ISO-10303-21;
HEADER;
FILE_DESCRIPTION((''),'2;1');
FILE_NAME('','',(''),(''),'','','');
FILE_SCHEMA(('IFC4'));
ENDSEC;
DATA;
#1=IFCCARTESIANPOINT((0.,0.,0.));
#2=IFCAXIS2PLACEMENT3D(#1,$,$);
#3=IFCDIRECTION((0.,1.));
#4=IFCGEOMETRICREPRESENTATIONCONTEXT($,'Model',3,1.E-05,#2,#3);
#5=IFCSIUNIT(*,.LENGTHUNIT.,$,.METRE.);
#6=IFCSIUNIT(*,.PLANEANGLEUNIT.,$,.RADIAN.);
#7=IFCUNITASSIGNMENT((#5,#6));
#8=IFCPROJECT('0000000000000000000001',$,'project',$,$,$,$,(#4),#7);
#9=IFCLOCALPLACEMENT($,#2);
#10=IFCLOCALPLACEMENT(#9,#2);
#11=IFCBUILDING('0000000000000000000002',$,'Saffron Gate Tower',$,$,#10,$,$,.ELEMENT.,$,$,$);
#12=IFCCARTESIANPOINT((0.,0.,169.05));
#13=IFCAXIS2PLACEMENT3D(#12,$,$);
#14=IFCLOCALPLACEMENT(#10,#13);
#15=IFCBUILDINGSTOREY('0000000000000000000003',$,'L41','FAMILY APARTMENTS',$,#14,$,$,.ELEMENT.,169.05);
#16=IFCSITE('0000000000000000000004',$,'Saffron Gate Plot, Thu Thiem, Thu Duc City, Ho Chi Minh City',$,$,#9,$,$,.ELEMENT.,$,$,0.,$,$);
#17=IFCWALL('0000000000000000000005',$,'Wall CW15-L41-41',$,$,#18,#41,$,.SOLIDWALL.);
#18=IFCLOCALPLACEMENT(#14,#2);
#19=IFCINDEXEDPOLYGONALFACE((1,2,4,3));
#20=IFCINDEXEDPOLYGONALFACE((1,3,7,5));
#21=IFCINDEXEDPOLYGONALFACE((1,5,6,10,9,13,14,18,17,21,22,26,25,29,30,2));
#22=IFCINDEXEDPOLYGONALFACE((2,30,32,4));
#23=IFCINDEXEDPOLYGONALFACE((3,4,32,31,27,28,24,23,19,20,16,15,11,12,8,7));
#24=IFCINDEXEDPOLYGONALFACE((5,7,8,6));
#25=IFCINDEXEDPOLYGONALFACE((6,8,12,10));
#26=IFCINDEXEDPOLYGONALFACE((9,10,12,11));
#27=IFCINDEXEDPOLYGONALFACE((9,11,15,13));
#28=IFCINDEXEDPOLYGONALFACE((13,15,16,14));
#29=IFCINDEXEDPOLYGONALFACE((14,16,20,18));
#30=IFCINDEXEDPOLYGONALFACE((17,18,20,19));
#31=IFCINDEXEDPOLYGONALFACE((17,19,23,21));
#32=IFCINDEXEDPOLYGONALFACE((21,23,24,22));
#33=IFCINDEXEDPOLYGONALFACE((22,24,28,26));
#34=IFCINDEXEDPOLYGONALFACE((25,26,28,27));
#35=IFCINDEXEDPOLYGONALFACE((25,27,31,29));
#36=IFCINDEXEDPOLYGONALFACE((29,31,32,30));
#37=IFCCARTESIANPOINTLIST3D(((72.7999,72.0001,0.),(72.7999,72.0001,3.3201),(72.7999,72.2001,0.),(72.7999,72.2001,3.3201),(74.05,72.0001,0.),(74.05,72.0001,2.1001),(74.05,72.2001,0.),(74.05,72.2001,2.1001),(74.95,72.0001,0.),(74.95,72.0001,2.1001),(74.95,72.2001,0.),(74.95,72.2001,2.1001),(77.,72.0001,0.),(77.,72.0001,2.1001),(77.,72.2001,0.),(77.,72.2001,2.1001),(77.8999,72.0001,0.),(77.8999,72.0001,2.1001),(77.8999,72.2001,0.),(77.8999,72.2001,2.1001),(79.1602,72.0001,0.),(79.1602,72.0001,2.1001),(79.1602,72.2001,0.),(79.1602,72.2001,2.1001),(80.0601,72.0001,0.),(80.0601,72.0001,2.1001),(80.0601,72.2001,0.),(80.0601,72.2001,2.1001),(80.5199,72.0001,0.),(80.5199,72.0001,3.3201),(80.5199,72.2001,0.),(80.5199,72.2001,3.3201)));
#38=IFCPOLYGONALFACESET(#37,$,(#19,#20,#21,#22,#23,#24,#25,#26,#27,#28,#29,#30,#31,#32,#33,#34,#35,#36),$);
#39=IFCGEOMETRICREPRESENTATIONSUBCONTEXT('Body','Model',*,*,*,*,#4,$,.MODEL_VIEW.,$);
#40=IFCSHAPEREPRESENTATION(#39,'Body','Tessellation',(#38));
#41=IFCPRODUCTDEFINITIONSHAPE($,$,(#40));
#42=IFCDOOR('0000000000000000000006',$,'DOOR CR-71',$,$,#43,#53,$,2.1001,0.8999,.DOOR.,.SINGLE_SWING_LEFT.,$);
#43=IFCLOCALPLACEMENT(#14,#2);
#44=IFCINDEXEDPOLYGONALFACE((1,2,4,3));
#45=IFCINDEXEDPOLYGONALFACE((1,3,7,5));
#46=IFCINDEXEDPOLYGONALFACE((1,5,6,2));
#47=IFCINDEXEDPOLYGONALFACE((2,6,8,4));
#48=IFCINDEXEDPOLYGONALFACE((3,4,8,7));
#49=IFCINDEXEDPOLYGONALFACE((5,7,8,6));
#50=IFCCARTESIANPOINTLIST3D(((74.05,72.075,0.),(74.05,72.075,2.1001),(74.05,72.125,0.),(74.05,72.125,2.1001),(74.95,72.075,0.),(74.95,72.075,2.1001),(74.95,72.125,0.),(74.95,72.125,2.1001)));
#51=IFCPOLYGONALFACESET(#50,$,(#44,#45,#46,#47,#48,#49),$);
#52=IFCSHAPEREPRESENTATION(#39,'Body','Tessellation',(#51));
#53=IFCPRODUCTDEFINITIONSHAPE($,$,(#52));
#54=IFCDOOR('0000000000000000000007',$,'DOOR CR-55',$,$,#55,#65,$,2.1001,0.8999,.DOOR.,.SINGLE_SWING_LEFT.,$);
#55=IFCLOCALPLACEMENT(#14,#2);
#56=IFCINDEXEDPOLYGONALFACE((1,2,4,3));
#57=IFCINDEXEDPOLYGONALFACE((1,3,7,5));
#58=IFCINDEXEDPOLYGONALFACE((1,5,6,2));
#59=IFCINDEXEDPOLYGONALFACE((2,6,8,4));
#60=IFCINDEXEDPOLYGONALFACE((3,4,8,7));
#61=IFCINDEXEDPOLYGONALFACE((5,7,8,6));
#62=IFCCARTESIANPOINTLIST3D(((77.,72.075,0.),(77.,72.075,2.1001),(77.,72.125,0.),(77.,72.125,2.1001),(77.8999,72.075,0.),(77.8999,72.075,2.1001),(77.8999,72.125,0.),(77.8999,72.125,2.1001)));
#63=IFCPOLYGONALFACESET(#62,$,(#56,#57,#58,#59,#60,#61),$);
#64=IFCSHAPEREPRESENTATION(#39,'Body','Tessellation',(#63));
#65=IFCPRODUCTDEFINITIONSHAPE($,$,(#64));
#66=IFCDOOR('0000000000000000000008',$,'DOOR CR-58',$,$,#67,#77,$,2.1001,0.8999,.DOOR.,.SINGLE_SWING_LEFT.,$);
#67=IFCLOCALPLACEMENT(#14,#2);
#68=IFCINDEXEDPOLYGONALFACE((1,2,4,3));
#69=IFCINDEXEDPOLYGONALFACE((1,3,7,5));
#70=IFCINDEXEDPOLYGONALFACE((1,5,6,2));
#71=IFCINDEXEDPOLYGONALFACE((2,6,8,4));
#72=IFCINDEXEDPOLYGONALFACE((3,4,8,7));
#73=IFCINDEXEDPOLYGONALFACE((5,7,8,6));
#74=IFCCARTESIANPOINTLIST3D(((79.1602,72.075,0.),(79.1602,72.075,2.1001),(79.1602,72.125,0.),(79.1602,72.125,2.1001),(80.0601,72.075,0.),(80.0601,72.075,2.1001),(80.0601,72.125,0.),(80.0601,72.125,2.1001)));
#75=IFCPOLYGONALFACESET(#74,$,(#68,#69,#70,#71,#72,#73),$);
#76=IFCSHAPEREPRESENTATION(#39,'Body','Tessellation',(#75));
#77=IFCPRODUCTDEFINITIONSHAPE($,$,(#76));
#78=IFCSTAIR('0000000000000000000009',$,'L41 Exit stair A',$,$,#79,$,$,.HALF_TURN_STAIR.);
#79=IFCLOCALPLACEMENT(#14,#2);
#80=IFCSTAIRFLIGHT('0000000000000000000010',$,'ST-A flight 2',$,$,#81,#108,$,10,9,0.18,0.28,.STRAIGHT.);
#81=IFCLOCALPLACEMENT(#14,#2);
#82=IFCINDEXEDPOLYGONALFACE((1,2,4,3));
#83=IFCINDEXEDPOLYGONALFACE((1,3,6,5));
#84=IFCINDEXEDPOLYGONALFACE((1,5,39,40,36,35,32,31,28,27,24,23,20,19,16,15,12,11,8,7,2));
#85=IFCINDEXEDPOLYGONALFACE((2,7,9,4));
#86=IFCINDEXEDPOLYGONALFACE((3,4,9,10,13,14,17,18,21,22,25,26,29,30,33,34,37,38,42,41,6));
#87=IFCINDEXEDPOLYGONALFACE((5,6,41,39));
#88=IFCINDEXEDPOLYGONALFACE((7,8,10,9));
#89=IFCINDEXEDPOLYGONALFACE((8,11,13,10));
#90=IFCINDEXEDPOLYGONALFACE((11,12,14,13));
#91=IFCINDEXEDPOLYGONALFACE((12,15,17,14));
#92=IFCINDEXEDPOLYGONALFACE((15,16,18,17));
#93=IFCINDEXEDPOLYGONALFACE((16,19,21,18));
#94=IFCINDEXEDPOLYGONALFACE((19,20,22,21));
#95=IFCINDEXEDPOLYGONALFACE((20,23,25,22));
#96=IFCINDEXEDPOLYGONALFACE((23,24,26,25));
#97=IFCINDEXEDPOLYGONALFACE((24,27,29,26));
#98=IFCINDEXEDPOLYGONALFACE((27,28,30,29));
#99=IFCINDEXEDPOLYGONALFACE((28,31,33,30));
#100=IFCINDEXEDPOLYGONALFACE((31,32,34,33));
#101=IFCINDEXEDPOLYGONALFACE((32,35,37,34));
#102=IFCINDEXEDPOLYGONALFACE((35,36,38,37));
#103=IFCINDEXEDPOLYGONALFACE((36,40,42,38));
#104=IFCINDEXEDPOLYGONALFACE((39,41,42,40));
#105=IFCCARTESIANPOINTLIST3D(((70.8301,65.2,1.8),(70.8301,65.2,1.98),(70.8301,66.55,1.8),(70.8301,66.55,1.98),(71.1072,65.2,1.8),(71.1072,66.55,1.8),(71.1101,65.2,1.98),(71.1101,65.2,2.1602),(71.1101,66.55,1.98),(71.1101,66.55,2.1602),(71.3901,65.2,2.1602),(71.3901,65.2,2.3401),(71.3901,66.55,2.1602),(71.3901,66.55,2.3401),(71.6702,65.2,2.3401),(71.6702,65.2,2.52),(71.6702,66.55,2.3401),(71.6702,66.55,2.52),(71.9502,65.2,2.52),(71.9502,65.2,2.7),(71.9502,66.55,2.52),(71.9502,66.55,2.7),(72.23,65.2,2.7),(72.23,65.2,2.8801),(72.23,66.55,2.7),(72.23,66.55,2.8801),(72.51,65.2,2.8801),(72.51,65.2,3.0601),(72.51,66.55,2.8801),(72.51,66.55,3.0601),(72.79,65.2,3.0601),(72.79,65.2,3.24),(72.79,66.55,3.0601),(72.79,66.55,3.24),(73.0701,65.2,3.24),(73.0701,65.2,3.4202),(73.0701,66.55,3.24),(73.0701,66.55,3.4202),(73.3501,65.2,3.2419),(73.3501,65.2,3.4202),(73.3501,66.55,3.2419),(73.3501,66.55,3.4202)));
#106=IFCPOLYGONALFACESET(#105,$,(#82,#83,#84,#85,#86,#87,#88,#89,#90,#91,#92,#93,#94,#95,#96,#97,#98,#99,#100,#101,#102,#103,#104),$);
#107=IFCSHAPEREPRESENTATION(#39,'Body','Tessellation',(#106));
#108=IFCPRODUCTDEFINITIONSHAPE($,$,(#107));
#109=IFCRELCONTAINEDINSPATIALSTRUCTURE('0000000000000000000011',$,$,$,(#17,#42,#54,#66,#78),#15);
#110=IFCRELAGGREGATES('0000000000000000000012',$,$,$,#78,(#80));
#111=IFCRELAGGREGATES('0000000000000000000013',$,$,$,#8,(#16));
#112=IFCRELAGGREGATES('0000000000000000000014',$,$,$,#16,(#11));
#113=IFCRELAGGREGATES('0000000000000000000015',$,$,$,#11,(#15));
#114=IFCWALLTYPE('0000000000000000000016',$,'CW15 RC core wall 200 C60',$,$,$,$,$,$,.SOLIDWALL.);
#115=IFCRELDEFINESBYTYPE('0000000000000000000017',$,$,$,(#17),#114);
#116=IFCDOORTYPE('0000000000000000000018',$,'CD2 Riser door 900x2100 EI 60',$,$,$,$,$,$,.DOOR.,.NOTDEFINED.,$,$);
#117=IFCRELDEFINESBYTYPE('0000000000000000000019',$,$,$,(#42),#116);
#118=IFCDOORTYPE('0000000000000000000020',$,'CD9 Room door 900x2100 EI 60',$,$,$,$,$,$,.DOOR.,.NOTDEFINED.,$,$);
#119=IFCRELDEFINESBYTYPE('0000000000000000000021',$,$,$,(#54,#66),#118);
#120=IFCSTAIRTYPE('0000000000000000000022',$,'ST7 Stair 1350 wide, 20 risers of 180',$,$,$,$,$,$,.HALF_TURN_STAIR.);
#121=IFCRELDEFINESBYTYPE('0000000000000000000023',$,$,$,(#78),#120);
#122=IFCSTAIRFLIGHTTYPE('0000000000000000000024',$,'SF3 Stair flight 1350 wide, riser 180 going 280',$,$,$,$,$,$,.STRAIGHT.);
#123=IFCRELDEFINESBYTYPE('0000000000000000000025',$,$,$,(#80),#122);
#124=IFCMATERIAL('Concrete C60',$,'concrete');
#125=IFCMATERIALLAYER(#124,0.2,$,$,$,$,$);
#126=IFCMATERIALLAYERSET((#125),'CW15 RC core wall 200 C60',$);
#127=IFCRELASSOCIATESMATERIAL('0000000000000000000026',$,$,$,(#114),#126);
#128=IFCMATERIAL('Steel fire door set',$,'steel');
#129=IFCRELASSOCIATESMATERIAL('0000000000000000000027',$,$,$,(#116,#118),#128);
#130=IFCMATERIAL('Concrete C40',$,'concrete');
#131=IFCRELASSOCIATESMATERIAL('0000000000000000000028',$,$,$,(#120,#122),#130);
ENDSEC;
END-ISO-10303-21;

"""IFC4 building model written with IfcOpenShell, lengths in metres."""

from ifc_helpers import new_model, si_unit, direction, frame, frame_2d, origin, place, context, subcontext, project, spatial, polyline, rectangle, outline, extrude, material, layer, layer_set, type_object, element, fill, aggregate, save


model = new_model("IFC4")

# Units and contexts
model_context = context("Model", 3, precision=1e-05, world=origin(), true_north=direction((0.0, 1.0)))
body_context = subcontext(model_context, "Body", "Model", "MODEL_VIEW")
ifc_project = project(units=[si_unit("LENGTHUNIT", "METRE"), si_unit("PLANEANGLEUNIT", "RADIAN")], contexts=[model_context])

# Site, building, storey
site_placement = place(None, origin())
site = spatial("IfcSite", under=ifc_project, at=site_placement, Name="Saffron Gate Plot, Thu Thiem, Thu Duc City, Ho Chi Minh City", CompositionType="ELEMENT", RefElevation=0.0)
building_placement = place(site_placement, origin())
building = spatial("IfcBuilding", under=site, at=building_placement, Name="Saffron Gate Tower", CompositionType="ELEMENT")
storey_placement = place(building_placement, frame((0.0, 0.0, 169.05)))
storey = spatial("IfcBuildingStorey", under=building, at=storey_placement, Name="L41", Description="FAMILY APARTMENTS", CompositionType="ELEMENT", Elevation=169.05)

# Shared definitions
ifc_material_1 = material(Name="Concrete C60", Category="concrete")
ifc_material_2 = material(Name="Steel fire door set", Category="steel")
ifc_layer_1 = layer(ifc_material_1, 0.2)
ifc_layer_set_1 = layer_set([ifc_layer_1], Name="CW15 RC core wall 200 C60")
wall_type_1 = type_object("IfcWallType", Name="CW15 RC core wall 200 C60", PredefinedType="SOLIDWALL", material=ifc_layer_set_1)
door_type_1 = type_object("IfcDoorType", Name="CD2 Riser door 900x2100 EI 60", OperationType="NOTDEFINED", PredefinedType="DOOR", material=ifc_material_2)
door_type_2 = type_object("IfcDoorType", Name="CD9 Room door 900x2100 EI 60", OperationType="NOTDEFINED", PredefinedType="DOOR", material=ifc_material_2)

# Wall, openings, doors
wall_1_placement = place(storey_placement, frame((72.8, 72.1001, 0.0), z_axis=(0.0, 0.0, 1.0), x_axis=(1.0, 0.0, 0.0)))
wall_1 = element("IfcWall", 1, at=wall_1_placement, inside=storey, type_object=wall_type_1, Name="Wall CW15-L41-41", PredefinedType="SOLIDWALL", context=body_context, shape_type="SweptSolid", body=[
    extrude(rectangle(XDim=7.72, YDim=0.2, at=frame_2d((3.8599, 0.0))), origin(), (0.0, 0.0, 1.0), 3.3201),
])
opening_1_placement = place(wall_1_placement, frame((1.25, 0.0, 0.0)))
opening_1 = element("IfcOpeningElement", 2, at=opening_1_placement, cuts=wall_1, PredefinedType="OPENING", context=body_context, shape_type="SweptSolid", body=[
    extrude(rectangle(XDim=0.8999, YDim=2.1001, at=frame_2d((0.45, 1.05))), frame((0.0, 0.1099, 0.0), z_axis=(0.0, -1.0, 0.0), x_axis=(1.0, 0.0, 0.0)), (0.0, 0.0, 1.0), 0.22),
])
opening_2_placement = place(wall_1_placement, frame((4.2, 0.0, 0.0)))
opening_2 = element("IfcOpeningElement", 3, at=opening_2_placement, cuts=wall_1, PredefinedType="OPENING", context=body_context, shape_type="SweptSolid", body=[
    extrude(rectangle(XDim=0.8999, YDim=2.1001, at=frame_2d((0.45, 1.05))), frame((0.0, 0.1099, 0.0), z_axis=(0.0, -1.0, 0.0), x_axis=(1.0, 0.0, 0.0)), (0.0, 0.0, 1.0), 0.22),
])
opening_3_placement = place(wall_1_placement, frame((6.3601, 0.0, 0.0)))
opening_3 = element("IfcOpeningElement", 4, at=opening_3_placement, cuts=wall_1, PredefinedType="OPENING", context=body_context, shape_type="SweptSolid", body=[
    extrude(rectangle(XDim=0.8999, YDim=2.1001, at=frame_2d((0.45, 1.05))), frame((0.0, 0.1099, 0.0), z_axis=(0.0, -1.0, 0.0), x_axis=(1.0, 0.0, 0.0)), (0.0, 0.0, 1.0), 0.22),
])
door_1_placement = place(opening_1_placement, origin())
door_1 = element("IfcDoor", 5, at=door_1_placement, inside=storey, type_object=door_type_1, Name="DOOR CR-71", OperationType="SINGLE_SWING_LEFT", OverallHeight=2.1001, OverallWidth=0.8999, PredefinedType="DOOR", context=body_context, shape_type="SweptSolid", body=[
    extrude(rectangle(XDim=0.8999, YDim=2.1001, at=frame_2d((0.45, 1.05))), frame((0.0, 0.0249, 0.0), z_axis=(0.0, -1.0, 0.0), x_axis=(1.0, 0.0, 0.0)), (0.0, 0.0, 1.0), 0.05),
])
fill(opening_1, door_1)
door_2_placement = place(opening_2_placement, origin())
door_2 = element("IfcDoor", 6, at=door_2_placement, inside=storey, type_object=door_type_2, Name="DOOR CR-55", OperationType="SINGLE_SWING_LEFT", OverallHeight=2.1001, OverallWidth=0.8999, PredefinedType="DOOR", context=body_context, shape_type="SweptSolid", body=[
    extrude(rectangle(XDim=0.8999, YDim=2.1001, at=frame_2d((0.45, 1.05))), frame((0.0, 0.0249, 0.0), z_axis=(0.0, -1.0, 0.0), x_axis=(1.0, 0.0, 0.0)), (0.0, 0.0, 1.0), 0.05),
])
fill(opening_2, door_2)
door_3_placement = place(opening_3_placement, origin())
door_3 = element("IfcDoor", 7, at=door_3_placement, inside=storey, type_object=door_type_2, Name="DOOR CR-58", OperationType="SINGLE_SWING_LEFT", OverallHeight=2.1001, OverallWidth=0.8999, PredefinedType="DOOR", context=body_context, shape_type="SweptSolid", body=[
    extrude(rectangle(XDim=0.8999, YDim=2.1001, at=frame_2d((0.45, 1.05))), frame((0.0, 0.0249, 0.0), z_axis=(0.0, -1.0, 0.0), x_axis=(1.0, 0.0, 0.0)), (0.0, 0.0, 1.0), 0.05),
])
fill(opening_3, door_3)

# Stair, stair flight
ifc_material_3 = material(Name="Concrete C40", Category="concrete")
stair_type = type_object("IfcStairType", Name="ST7 Stair 1350 wide, 20 risers of 180", PredefinedType="HALF_TURN_STAIR", material=ifc_material_3)
stair_placement = place(storey_placement, origin())
stair = element("IfcStair", 8, at=stair_placement, inside=storey, type_object=stair_type, Name="L41 Exit stair A", PredefinedType="HALF_TURN_STAIR")
stair_flight_type = type_object("IfcStairFlightType", Name="SF3 Stair flight 1350 wide, riser 180 going 280", PredefinedType="STRAIGHT", material=ifc_material_3)
stair_flight_placement = place(storey_placement, frame((70.8301, 65.875, 1.8), z_axis=(0.0, 0.0, 1.0), x_axis=(1.0, 0.0, 0.0)))
stair_flight = element("IfcStairFlight", 9, at=stair_flight_placement, type_object=stair_flight_type, Name="ST-A flight 2", NumberOfRisers=10, NumberOfTreads=9, PredefinedType="STRAIGHT", RiserHeight=0.18, TreadLength=0.28, context=body_context, shape_type="SweptSolid", body=[
    extrude(outline(polyline([(0.0, 0.0), (0.0, 0.1799), (0.28, 0.1799), (0.28, 0.3601), (0.5601, 0.3601), (0.5601, 0.54), (0.8401, 0.54), (0.8401, 0.72), (1.1201, 0.72), (1.1201, 0.8999), (1.3999, 0.8999), (1.3999, 1.0801), (1.6799, 1.0801), (1.6799, 1.26), (1.96, 1.26), (1.96, 1.4399), (2.24, 1.4399), (2.24, 1.6201), (2.52, 1.6201), (2.52, 1.8), (2.52, 1.4419), (0.2771, 0.0), (0.0, 0.0)])), frame((0.0, 0.675, 0.0), z_axis=(0.0, -1.0, 0.0), x_axis=(1.0, 0.0, 0.0)), (0.0, 0.0, 1.0), 1.3501),
])
aggregate(stair, [stair_flight])

save(model, "model.ifc")
